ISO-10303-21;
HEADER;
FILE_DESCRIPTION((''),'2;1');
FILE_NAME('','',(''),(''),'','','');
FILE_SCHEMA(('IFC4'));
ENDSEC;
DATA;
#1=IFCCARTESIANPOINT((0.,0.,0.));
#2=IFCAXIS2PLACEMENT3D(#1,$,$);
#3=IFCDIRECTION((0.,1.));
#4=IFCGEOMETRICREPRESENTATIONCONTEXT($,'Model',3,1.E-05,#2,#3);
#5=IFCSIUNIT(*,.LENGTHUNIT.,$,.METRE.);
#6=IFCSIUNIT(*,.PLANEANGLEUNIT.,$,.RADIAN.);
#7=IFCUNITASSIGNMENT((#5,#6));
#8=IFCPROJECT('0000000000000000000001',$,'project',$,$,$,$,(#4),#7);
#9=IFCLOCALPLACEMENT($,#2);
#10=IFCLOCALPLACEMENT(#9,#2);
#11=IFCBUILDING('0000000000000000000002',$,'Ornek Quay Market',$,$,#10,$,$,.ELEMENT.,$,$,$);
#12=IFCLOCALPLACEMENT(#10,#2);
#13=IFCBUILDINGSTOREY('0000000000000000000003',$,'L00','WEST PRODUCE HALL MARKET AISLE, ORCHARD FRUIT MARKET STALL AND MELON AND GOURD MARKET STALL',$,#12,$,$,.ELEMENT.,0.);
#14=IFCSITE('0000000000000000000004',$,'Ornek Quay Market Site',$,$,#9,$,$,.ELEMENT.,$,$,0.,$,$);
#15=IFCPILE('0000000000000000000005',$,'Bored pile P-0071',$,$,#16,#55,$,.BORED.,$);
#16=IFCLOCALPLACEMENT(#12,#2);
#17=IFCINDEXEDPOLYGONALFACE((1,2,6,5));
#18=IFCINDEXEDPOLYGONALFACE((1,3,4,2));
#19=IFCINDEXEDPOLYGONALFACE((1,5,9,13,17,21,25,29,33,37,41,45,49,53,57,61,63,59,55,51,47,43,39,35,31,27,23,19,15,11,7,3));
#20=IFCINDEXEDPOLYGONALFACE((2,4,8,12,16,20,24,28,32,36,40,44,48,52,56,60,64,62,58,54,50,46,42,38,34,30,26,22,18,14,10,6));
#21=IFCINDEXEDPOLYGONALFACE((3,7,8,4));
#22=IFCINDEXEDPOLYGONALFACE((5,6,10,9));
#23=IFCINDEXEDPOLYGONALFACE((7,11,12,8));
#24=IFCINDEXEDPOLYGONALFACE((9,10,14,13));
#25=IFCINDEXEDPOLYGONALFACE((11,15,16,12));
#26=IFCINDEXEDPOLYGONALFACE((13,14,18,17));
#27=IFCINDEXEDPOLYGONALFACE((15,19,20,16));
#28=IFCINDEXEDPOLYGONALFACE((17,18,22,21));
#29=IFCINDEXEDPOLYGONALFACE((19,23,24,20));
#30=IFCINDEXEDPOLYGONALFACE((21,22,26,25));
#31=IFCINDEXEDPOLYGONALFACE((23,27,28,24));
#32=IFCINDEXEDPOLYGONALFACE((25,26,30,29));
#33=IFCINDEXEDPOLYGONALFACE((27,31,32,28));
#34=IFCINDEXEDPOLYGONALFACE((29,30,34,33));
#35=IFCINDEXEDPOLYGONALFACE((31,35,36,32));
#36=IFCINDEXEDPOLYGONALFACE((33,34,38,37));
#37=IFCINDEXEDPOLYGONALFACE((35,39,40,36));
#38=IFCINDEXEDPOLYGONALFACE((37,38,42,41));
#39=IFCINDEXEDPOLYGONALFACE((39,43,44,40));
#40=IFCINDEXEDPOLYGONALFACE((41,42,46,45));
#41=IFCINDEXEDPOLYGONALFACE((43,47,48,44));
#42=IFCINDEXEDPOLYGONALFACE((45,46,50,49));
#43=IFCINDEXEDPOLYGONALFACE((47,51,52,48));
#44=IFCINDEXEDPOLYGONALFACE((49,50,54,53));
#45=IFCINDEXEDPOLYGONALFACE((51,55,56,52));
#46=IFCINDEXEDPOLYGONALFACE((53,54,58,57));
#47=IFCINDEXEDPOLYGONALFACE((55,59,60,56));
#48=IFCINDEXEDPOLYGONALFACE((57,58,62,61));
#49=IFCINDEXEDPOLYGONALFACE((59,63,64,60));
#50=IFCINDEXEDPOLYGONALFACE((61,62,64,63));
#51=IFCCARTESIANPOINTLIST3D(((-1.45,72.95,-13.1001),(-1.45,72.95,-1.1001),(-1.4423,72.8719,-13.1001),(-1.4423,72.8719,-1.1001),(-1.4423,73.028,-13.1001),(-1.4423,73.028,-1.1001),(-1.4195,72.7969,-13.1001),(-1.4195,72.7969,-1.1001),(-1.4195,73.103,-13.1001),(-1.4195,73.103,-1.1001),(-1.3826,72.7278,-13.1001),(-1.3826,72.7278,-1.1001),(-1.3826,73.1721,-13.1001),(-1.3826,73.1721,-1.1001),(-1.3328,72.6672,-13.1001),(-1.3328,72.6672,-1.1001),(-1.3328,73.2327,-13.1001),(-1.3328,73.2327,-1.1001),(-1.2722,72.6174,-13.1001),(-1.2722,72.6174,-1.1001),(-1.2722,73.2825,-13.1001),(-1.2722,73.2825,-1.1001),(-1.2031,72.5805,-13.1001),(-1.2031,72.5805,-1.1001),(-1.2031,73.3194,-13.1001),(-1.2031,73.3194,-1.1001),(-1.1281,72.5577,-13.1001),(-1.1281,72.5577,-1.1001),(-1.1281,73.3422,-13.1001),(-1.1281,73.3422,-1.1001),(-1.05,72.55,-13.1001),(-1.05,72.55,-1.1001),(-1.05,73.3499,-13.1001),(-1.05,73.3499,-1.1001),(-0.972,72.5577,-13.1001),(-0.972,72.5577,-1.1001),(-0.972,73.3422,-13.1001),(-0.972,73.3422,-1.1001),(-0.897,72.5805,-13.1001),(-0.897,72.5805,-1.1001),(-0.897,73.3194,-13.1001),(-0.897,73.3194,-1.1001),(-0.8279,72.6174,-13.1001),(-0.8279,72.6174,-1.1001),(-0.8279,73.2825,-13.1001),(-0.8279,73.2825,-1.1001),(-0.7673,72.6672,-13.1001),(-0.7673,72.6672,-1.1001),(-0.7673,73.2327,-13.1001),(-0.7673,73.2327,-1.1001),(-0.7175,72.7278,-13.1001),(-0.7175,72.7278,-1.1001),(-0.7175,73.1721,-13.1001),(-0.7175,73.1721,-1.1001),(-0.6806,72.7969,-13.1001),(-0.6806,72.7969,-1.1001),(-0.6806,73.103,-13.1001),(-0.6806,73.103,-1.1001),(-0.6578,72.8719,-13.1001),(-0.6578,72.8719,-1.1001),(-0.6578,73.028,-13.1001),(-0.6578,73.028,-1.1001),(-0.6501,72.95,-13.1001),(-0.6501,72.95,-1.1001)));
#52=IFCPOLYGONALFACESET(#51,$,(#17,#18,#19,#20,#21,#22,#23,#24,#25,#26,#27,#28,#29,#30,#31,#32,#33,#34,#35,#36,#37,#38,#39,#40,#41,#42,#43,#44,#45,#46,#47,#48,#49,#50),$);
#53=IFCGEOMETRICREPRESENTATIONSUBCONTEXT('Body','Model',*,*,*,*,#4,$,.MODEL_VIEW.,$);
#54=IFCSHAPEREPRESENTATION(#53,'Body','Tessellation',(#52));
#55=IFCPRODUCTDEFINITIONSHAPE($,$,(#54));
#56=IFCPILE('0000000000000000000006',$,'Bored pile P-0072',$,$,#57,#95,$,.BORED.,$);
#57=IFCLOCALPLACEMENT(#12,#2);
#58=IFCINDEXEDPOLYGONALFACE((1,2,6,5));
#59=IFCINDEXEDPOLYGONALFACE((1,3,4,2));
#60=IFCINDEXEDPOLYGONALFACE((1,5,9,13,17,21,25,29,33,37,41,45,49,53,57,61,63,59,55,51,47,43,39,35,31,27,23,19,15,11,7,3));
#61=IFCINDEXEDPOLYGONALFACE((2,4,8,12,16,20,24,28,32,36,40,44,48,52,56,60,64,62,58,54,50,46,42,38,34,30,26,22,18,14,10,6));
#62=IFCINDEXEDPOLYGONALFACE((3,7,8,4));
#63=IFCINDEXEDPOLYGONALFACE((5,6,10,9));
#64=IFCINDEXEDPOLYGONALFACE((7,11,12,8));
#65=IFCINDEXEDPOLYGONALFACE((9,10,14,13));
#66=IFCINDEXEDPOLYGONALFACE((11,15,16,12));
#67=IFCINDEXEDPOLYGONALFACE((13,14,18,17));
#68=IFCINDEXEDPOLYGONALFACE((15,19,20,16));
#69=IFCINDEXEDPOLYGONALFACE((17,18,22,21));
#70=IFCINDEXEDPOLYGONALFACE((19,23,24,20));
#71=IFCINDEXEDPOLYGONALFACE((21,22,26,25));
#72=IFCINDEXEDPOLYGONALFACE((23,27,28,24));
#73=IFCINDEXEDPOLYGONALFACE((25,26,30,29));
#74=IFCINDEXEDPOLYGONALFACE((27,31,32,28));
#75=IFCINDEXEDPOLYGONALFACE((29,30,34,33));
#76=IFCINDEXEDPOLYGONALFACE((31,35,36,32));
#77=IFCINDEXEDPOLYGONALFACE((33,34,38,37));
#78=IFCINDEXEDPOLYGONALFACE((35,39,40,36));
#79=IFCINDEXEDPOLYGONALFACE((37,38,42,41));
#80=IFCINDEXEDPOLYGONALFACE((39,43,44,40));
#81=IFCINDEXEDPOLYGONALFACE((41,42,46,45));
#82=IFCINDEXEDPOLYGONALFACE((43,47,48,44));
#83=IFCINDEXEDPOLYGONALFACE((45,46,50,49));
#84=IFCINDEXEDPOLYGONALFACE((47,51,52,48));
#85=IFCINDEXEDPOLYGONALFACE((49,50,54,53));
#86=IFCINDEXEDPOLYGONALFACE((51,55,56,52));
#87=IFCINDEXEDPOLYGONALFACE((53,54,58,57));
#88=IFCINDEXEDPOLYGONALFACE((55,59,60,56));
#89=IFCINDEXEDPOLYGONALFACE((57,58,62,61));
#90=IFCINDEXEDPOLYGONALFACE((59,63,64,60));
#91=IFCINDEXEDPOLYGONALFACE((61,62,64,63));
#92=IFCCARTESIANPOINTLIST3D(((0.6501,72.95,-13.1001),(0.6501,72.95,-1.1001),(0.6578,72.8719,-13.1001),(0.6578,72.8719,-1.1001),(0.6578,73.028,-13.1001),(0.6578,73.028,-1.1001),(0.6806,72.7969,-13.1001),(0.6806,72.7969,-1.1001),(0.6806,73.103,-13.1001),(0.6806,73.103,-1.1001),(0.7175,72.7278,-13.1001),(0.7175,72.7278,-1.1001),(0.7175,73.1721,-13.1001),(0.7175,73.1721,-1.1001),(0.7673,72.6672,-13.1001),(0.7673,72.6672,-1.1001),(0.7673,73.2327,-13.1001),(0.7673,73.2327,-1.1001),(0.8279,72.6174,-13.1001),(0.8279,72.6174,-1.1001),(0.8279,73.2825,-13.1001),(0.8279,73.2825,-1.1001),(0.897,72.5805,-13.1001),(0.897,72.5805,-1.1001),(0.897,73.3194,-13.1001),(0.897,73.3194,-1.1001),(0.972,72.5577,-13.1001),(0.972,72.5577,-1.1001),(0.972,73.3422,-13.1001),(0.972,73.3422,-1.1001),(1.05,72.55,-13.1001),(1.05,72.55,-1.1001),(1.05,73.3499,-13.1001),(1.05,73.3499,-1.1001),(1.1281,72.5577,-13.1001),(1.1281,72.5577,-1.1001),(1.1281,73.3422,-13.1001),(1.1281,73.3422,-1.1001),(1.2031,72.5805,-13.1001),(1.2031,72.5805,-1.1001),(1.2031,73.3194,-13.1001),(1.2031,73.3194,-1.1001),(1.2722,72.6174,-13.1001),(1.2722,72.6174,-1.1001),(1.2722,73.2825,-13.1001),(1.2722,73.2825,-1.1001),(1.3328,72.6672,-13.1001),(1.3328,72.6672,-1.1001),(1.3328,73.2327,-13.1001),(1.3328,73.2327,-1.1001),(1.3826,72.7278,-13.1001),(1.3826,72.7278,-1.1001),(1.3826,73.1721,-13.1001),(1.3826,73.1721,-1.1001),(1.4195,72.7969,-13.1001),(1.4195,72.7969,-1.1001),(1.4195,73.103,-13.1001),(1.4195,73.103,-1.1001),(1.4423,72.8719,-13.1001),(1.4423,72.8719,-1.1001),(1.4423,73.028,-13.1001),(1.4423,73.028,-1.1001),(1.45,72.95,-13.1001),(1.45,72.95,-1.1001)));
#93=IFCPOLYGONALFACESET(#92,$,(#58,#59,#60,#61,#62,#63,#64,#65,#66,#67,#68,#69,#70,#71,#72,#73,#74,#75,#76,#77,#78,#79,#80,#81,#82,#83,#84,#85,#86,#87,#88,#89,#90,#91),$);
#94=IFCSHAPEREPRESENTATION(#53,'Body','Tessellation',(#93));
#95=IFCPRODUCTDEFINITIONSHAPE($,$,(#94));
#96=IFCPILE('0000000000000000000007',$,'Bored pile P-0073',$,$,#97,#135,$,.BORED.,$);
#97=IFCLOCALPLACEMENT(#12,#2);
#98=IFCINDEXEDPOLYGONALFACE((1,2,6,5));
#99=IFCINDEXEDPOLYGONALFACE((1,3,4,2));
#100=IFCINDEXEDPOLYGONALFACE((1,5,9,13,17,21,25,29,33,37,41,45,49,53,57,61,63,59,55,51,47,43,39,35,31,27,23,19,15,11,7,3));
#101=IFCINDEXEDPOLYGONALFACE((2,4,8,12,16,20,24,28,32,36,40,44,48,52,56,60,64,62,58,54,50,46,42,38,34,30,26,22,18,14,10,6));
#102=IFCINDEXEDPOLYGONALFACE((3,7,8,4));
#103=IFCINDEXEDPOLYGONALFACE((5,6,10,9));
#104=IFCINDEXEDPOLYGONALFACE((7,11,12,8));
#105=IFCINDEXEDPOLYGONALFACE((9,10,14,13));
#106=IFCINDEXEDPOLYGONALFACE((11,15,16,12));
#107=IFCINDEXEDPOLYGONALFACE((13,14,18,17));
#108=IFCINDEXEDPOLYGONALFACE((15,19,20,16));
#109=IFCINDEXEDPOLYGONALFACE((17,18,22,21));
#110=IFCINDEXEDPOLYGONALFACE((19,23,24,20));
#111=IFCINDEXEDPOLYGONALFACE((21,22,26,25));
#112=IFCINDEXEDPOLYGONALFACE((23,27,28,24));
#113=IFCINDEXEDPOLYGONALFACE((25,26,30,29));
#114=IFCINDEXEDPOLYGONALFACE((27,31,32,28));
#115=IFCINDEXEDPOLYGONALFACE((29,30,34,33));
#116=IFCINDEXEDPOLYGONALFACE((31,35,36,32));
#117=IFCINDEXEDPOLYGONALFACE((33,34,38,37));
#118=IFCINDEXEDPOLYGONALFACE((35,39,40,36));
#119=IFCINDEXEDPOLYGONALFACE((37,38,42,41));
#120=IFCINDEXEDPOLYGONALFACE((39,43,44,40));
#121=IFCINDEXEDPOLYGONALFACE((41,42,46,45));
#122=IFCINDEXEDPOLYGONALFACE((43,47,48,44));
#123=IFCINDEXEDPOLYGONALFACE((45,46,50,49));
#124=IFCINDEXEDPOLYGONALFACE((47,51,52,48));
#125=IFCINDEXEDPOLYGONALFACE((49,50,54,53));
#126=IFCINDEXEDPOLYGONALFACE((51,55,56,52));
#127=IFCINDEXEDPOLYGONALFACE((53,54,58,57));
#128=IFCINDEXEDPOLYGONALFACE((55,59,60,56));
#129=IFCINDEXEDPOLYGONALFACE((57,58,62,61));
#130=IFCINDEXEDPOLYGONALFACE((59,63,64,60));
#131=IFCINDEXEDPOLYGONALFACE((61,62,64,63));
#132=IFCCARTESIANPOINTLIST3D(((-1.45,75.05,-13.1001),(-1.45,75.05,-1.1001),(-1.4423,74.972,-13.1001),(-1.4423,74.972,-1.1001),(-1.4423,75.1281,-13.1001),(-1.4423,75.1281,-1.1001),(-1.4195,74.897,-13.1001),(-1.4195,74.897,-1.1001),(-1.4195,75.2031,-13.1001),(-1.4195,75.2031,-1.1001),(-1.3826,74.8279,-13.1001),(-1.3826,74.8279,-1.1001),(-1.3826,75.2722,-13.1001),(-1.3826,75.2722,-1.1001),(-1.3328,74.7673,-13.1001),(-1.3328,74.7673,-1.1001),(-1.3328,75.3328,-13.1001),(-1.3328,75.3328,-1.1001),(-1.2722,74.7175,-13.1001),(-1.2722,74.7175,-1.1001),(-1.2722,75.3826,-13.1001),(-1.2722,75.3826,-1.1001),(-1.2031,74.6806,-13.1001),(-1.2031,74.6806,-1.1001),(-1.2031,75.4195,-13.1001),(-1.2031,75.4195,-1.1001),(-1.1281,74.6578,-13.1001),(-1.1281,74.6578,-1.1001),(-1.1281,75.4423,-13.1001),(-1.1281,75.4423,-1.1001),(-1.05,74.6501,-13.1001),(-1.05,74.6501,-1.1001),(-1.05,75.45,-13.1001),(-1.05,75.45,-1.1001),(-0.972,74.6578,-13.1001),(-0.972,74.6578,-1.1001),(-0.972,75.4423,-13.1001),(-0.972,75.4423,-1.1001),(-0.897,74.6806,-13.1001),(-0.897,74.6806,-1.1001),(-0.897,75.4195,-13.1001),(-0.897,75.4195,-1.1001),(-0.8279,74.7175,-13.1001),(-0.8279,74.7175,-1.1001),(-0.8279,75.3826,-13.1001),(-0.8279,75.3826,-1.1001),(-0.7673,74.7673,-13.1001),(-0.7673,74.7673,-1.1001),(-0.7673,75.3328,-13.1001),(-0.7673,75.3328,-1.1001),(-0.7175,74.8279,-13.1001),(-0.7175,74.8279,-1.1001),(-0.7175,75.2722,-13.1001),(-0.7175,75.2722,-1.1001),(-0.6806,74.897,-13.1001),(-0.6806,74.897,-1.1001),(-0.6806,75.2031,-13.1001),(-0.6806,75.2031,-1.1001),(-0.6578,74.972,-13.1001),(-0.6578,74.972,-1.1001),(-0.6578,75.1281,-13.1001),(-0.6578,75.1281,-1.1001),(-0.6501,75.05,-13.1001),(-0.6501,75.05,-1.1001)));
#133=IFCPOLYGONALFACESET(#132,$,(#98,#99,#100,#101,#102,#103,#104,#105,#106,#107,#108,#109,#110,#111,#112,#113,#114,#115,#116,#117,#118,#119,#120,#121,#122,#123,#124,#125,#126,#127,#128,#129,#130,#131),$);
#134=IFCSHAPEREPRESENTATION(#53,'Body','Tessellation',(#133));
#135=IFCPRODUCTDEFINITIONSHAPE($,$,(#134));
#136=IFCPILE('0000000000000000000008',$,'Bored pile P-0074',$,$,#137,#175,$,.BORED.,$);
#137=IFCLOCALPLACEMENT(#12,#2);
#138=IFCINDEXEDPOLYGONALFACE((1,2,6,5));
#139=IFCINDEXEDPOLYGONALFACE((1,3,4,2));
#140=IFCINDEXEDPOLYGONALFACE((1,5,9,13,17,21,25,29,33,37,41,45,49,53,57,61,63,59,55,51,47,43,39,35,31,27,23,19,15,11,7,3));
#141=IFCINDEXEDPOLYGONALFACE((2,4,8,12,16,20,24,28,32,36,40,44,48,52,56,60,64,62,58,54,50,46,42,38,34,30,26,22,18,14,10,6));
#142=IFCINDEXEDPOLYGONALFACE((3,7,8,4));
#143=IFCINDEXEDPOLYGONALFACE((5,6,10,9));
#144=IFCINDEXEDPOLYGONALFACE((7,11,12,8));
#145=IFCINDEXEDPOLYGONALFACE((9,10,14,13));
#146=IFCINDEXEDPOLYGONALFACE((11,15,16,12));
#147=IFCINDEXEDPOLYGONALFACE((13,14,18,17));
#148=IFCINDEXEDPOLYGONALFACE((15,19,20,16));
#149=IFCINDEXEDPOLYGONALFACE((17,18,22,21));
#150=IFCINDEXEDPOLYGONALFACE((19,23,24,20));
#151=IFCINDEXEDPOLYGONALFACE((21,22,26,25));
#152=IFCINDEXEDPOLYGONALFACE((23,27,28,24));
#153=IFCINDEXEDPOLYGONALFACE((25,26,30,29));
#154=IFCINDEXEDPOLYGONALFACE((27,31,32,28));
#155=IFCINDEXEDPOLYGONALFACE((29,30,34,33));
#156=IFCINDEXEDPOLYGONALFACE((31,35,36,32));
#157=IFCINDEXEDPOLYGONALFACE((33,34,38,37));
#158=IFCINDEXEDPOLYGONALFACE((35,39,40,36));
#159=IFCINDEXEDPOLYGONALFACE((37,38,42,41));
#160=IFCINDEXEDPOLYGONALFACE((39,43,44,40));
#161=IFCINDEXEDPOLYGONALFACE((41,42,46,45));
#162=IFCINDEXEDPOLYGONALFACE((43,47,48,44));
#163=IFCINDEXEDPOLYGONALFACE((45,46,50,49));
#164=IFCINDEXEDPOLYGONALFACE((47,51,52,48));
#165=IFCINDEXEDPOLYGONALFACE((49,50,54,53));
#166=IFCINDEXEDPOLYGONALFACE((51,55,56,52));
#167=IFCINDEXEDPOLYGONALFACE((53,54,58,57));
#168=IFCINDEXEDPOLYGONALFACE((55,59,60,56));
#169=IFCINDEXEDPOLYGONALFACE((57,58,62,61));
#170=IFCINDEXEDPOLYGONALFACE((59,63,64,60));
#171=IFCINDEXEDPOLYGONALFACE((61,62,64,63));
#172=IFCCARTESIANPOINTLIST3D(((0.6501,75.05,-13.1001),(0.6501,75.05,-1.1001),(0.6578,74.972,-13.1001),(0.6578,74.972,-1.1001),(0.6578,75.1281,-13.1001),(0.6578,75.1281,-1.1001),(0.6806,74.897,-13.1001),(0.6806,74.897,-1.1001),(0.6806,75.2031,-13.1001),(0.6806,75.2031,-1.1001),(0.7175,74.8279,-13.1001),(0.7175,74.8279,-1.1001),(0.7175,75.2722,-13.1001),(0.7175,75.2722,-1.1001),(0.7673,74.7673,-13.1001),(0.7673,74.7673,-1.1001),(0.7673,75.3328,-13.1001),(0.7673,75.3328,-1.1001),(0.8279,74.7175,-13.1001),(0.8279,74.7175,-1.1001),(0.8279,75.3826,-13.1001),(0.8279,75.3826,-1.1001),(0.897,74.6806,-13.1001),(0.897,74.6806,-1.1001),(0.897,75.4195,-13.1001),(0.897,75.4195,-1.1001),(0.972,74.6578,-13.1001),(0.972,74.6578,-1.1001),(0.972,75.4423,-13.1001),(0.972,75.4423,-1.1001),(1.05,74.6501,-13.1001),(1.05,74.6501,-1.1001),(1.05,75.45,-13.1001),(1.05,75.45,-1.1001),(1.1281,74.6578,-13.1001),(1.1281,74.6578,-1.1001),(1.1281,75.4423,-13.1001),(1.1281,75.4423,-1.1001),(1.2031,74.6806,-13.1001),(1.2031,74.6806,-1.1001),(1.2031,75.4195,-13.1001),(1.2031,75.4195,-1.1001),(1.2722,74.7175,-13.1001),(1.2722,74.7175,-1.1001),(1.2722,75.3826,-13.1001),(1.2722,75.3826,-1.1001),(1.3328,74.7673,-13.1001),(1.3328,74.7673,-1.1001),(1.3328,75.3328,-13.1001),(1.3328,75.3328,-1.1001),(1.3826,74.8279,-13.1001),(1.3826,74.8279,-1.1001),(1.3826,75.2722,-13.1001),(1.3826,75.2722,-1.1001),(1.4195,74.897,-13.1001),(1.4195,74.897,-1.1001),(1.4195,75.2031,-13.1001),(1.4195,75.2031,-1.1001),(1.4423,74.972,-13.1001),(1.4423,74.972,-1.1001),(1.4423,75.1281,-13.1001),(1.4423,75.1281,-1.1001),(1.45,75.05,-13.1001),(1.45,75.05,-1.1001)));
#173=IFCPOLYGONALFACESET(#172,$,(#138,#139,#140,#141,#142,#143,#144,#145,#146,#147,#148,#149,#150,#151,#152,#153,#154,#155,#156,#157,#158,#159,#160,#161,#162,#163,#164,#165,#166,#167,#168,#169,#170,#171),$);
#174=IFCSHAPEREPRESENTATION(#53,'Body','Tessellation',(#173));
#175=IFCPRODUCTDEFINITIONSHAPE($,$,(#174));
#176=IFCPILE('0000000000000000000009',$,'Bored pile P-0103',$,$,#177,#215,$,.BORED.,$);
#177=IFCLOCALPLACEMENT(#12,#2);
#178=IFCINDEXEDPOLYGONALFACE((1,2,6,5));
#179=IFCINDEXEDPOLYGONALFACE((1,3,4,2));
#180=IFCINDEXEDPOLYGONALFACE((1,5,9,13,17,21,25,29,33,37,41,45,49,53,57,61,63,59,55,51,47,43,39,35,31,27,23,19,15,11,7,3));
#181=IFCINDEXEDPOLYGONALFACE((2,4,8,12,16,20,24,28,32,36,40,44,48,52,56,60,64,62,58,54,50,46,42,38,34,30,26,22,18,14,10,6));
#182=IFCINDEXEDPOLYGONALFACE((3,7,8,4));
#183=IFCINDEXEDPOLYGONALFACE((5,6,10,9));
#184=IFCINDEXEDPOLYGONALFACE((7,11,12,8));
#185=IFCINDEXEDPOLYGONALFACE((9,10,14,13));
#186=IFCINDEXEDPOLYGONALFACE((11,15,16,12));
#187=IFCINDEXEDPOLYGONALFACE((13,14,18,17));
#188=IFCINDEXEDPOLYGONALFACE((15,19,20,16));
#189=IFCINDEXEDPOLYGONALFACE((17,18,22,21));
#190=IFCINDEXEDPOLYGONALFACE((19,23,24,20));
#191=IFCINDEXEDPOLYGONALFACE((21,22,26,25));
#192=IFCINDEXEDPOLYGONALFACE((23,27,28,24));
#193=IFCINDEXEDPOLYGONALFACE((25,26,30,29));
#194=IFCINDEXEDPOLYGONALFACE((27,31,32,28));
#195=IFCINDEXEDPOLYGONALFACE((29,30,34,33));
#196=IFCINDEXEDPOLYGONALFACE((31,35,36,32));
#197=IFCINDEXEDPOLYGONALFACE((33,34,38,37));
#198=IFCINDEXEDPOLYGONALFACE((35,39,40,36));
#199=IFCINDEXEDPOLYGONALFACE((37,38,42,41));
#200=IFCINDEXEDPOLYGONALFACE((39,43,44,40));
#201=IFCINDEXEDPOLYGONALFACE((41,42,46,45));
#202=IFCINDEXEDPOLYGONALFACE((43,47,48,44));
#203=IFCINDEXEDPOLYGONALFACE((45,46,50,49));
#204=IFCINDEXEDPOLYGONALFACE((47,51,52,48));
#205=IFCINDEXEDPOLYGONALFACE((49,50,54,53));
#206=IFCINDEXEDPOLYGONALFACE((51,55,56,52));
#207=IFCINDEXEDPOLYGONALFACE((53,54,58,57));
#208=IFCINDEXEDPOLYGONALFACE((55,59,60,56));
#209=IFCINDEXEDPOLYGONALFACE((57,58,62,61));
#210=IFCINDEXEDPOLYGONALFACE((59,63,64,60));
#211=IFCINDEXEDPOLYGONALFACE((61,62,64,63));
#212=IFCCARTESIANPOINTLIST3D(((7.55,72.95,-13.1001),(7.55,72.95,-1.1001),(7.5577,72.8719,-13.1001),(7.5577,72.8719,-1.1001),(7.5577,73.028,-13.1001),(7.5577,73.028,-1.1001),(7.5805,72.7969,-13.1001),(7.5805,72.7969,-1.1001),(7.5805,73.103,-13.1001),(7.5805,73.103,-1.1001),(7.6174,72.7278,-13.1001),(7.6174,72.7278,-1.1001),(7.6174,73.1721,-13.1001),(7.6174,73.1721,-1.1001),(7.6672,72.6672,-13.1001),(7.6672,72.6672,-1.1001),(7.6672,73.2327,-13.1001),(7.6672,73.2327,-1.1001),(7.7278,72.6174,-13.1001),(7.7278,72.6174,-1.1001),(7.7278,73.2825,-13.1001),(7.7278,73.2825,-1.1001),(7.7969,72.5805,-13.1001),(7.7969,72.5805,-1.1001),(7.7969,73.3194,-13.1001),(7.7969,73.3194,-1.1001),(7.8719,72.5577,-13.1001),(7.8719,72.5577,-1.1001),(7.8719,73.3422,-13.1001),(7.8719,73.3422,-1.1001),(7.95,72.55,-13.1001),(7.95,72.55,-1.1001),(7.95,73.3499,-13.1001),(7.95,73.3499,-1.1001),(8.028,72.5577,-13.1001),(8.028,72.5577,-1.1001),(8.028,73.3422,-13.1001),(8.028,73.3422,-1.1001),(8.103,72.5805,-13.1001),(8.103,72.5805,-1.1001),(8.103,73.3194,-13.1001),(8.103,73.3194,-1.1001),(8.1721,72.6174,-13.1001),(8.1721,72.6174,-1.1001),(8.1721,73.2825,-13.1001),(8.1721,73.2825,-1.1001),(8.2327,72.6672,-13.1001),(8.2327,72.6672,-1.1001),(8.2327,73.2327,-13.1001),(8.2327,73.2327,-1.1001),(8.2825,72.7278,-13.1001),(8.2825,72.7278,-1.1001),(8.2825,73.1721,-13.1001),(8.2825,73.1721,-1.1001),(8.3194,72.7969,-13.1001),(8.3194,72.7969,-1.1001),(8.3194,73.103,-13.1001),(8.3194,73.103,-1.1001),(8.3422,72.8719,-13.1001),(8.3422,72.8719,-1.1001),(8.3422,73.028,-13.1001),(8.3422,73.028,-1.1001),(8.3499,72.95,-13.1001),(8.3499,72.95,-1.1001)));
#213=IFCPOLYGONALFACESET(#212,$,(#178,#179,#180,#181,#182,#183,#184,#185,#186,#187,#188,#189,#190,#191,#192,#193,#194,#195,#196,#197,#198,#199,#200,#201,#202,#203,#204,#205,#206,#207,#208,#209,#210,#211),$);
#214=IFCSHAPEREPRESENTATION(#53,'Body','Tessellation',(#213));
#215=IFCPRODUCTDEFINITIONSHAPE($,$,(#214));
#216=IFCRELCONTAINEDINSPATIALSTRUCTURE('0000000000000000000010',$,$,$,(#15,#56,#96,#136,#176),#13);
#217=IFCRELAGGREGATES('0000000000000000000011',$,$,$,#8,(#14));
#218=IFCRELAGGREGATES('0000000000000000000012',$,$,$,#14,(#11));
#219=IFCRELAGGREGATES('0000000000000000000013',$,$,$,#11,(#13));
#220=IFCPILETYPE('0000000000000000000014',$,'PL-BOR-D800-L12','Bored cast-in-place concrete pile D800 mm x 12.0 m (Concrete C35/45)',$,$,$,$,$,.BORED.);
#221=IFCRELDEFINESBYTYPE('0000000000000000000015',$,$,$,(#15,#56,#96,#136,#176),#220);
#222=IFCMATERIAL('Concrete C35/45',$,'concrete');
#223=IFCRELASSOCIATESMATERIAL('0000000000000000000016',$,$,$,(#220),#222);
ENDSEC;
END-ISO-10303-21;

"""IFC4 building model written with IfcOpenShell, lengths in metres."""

from ifc_helpers import new_model, si_unit, direction, frame, origin, origin_2d, place, context, subcontext, project, spatial, circle, extrude, material, material_profile, profile_set, type_object, element, save


model = new_model("IFC4")

# Units and contexts
model_context = context("Model", 3, precision=1e-05, world=origin(), true_north=direction((0.0, 1.0)))
body_context = subcontext(model_context, "Body", "Model", "MODEL_VIEW")
ifc_project = project(units=[si_unit("LENGTHUNIT", "METRE"), si_unit("PLANEANGLEUNIT", "RADIAN")], contexts=[model_context])

# Site, building, storey
site_placement = place(None, origin())
site = spatial("IfcSite", under=ifc_project, at=site_placement, Name="Ornek Quay Market Site", CompositionType="ELEMENT", RefElevation=0.0)
building_placement = place(site_placement, origin())
building = spatial("IfcBuilding", under=site, at=building_placement, Name="Ornek Quay Market", CompositionType="ELEMENT")
storey_placement = place(building_placement, origin())
storey = spatial("IfcBuildingStorey", under=building, at=storey_placement, Name="L00", Description="WEST PRODUCE HALL MARKET AISLE, ORCHARD FRUIT MARKET STALL AND MELON AND GOURD MARKET STALL", CompositionType="ELEMENT", Elevation=0.0)

# Piles
ifc_material_1 = material(Name="Concrete C35/45", Category="concrete")
ifc_material_profile_1 = material_profile(ifc_material_1, circle(Radius=0.3999, at=origin_2d()), Name="PILE D800", Category="concrete")
ifc_profile_set_1 = profile_set([ifc_material_profile_1], Name="Concrete C35/45")
pile_type = type_object("IfcPileType", Name="PL-BOR-D800-L12", Description="Bored cast-in-place concrete pile D800 mm x 12.0 m (Concrete C35/45)", PredefinedType="BORED", material=ifc_profile_set_1)
for number, where, z_axis, x_axis, name in (
    (1, (-1.05, 72.95, -1.1001), (0.0, 0.0, -1.0), (1.0, 0.0, 0.0), "Bored pile P-0071"),
    (2, (1.05, 72.95, -1.1001), (0.0, 0.0, -1.0), (1.0, 0.0, 0.0), "Bored pile P-0072"),
    (3, (-1.05, 75.05, -1.1001), (0.0, 0.0, -1.0), (1.0, 0.0, 0.0), "Bored pile P-0073"),
    (4, (1.05, 75.05, -1.1001), (0.0, 0.0, -1.0), (1.0, 0.0, 0.0), "Bored pile P-0074"),
    (5, (7.95, 72.95, -1.1001), (0.0, 0.0, -1.0), (1.0, 0.0, 0.0), "Bored pile P-0103"),
):
    element("IfcPile", number, at=place(storey_placement, frame(where, z_axis=z_axis, x_axis=x_axis)), inside=storey, type_object=pile_type, Name=name, PredefinedType="BORED", context=body_context, shape_type="SweptSolid", body=[
        extrude(circle(Radius=0.3999, at=origin_2d()), origin(), (0.0, 0.0, 1.0), 12.0),
    ])

save(model, "model.ifc")
